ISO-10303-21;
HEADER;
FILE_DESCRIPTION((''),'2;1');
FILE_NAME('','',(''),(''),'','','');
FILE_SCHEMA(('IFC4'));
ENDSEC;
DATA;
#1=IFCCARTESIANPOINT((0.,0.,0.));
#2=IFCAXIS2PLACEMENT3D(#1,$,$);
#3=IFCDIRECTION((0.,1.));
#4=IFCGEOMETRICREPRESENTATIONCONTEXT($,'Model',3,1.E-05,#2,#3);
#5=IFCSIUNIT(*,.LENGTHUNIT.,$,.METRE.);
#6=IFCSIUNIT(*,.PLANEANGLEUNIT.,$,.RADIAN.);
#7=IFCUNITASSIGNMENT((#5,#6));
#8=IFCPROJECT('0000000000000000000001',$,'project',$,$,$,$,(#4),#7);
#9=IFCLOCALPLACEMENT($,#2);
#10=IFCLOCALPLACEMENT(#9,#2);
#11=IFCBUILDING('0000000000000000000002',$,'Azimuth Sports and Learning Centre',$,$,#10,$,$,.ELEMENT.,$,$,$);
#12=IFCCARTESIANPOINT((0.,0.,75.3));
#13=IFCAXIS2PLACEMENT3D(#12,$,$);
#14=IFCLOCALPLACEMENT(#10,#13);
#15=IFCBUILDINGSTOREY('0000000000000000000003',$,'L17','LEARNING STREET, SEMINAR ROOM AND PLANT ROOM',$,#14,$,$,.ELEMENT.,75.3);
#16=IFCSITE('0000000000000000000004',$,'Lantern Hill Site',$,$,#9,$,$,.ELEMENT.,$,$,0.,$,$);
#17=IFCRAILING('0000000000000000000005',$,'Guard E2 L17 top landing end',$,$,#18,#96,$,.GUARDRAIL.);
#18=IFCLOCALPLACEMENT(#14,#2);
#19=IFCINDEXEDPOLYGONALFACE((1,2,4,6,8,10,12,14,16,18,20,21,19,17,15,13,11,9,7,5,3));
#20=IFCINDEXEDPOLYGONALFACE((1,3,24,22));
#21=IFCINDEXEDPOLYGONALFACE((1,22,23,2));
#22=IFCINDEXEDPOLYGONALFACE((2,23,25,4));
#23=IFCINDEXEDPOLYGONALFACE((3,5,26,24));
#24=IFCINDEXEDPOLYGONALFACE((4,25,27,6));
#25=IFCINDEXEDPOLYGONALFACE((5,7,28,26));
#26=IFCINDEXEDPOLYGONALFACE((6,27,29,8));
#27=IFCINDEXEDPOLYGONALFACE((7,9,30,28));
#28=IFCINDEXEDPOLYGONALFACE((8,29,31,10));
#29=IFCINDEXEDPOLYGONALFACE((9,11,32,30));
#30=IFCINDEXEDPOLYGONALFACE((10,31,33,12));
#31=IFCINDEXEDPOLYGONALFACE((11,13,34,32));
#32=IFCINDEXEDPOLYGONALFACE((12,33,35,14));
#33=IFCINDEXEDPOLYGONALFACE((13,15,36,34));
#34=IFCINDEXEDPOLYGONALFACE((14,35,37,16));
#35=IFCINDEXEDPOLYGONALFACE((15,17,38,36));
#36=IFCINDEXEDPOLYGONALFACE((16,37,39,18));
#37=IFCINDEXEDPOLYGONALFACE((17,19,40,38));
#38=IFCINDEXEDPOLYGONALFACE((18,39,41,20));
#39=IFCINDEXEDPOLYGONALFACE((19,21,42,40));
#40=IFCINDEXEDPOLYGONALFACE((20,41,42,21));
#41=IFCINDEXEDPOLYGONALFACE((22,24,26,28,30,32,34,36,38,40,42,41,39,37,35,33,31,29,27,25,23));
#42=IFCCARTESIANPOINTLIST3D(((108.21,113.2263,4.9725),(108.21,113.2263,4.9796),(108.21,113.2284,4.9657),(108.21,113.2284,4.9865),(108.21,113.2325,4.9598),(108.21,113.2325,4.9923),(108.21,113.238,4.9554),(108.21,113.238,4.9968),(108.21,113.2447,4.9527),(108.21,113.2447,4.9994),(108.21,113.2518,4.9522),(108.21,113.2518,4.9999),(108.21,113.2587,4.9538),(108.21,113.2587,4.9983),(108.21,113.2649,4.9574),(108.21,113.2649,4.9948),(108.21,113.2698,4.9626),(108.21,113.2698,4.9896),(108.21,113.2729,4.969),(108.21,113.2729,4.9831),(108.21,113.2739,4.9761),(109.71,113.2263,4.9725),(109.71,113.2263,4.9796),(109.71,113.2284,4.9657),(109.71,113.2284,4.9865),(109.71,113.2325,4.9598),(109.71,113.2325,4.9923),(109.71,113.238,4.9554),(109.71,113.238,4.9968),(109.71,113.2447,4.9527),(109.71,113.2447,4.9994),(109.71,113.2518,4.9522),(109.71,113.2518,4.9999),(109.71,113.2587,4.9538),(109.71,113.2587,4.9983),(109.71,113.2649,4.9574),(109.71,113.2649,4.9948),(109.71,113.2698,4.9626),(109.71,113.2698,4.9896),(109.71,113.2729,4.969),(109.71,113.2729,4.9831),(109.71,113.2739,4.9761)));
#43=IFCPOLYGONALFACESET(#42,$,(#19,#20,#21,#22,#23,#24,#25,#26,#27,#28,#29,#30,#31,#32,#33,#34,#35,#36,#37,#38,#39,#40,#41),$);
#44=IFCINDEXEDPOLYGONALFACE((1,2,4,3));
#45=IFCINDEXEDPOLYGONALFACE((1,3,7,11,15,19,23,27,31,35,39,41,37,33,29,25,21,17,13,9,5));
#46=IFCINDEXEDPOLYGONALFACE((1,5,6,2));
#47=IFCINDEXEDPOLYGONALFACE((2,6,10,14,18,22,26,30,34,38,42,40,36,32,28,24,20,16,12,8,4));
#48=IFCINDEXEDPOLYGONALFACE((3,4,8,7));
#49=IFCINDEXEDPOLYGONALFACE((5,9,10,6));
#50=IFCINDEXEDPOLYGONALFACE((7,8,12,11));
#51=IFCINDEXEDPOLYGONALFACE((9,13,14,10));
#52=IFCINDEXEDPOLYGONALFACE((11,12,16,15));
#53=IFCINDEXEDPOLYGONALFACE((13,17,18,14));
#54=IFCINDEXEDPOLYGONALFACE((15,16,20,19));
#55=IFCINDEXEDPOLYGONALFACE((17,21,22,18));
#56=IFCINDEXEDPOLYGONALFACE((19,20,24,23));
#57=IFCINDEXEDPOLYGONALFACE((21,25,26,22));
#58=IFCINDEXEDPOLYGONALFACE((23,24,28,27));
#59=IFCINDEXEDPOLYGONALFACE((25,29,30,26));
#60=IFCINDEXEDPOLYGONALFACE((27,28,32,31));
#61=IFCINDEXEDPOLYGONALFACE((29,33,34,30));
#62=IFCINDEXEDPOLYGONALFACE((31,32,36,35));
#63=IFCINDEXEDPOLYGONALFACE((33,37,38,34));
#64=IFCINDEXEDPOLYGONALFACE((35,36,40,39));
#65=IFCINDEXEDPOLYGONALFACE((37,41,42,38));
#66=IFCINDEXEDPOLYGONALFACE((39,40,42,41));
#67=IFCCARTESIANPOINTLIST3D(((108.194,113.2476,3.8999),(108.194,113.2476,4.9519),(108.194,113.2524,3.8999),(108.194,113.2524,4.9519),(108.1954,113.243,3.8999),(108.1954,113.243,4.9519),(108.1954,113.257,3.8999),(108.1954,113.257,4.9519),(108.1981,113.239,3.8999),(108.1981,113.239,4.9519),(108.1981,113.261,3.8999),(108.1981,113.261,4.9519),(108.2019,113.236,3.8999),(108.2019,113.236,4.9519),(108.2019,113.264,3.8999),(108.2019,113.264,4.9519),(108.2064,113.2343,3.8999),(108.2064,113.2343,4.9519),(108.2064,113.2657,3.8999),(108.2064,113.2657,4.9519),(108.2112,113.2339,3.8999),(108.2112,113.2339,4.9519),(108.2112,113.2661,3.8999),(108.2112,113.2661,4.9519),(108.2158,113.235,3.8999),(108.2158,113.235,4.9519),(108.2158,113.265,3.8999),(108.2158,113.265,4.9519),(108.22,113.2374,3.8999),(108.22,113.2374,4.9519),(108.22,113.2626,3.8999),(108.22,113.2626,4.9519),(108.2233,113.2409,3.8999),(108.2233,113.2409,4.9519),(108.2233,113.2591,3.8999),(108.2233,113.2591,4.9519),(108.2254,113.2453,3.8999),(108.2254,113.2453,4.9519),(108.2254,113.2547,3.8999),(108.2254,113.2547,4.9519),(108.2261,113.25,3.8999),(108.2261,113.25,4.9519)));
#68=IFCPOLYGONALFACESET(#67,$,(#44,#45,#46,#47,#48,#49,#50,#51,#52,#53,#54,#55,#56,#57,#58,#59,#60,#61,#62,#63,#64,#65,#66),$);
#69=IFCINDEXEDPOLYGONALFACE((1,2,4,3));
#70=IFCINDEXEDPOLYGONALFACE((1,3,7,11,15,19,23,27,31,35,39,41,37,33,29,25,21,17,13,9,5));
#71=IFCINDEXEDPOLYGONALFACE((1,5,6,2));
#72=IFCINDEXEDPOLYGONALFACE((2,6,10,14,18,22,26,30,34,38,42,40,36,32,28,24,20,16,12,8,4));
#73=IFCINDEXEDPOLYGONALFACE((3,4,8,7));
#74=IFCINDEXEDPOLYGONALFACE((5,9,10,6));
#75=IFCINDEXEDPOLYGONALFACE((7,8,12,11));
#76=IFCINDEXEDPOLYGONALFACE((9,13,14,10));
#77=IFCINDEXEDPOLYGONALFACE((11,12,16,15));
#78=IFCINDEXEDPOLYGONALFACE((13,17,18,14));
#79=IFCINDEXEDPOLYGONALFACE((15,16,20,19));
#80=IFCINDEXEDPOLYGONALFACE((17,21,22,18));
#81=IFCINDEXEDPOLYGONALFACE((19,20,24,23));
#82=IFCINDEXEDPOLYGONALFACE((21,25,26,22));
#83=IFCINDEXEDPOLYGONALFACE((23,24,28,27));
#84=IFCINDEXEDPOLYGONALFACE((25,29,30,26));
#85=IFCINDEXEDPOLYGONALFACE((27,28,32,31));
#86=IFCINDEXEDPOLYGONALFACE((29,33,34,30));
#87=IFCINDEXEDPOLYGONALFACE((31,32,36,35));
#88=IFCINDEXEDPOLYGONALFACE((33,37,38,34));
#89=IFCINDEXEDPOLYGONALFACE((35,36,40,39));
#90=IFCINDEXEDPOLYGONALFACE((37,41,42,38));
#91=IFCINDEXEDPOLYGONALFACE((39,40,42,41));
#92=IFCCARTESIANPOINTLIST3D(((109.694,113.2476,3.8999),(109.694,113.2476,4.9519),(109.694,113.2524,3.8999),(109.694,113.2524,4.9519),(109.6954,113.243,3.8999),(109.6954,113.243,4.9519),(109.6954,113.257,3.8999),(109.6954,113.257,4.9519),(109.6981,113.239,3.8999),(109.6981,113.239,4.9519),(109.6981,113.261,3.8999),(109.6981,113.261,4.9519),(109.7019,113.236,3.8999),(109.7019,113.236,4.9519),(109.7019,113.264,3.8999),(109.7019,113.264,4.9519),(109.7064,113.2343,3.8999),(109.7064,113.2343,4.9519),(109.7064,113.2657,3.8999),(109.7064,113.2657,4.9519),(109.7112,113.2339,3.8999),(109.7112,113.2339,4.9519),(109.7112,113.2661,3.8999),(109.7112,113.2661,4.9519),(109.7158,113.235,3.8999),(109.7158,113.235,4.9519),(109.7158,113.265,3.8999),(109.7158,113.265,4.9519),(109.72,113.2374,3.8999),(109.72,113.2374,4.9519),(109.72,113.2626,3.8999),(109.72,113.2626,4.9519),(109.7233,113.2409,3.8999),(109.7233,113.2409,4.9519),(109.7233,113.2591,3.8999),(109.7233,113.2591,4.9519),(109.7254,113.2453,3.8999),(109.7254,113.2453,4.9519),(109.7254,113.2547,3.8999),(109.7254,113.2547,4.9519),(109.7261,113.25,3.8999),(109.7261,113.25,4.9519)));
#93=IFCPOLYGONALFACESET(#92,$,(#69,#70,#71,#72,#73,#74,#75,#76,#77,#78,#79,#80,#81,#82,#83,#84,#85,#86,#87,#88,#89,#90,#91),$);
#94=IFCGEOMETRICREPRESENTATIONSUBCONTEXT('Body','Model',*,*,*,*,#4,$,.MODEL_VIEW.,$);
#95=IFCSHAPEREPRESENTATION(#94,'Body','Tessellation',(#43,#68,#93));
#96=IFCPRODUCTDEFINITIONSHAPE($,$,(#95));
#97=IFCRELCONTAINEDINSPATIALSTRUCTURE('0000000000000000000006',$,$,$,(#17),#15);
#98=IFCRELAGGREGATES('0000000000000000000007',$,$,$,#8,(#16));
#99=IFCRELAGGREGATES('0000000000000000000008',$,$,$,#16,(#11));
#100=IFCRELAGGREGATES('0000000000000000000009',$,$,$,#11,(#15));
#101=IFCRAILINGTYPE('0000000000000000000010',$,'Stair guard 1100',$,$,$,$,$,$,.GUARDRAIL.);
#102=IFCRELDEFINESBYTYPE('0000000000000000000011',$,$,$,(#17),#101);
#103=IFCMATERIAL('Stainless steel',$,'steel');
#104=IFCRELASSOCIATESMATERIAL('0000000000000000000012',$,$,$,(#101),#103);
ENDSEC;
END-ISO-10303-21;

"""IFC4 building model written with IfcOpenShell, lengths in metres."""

from ifc_helpers import new_model, si_unit, direction, frame, origin, origin_2d, place, context, subcontext, project, spatial, circle, extrude, material, type_object, element, save


model = new_model("IFC4")

# Units and contexts
model_context = context("Model", 3, precision=1e-05, world=origin(), true_north=direction((0.0, 1.0)))
body_context = subcontext(model_context, "Body", "Model", "MODEL_VIEW")
ifc_project = project(units=[si_unit("LENGTHUNIT", "METRE"), si_unit("PLANEANGLEUNIT", "RADIAN")], contexts=[model_context])

# Site, building, storey
site_placement = place(None, origin())
site = spatial("IfcSite", under=ifc_project, at=site_placement, Name="Lantern Hill Site", CompositionType="ELEMENT", RefElevation=0.0)
building_placement = place(site_placement, origin())
building = spatial("IfcBuilding", under=site, at=building_placement, Name="Azimuth Sports and Learning Centre", CompositionType="ELEMENT")
storey_placement = place(building_placement, frame((0.0, 0.0, 75.3)))
storey = spatial("IfcBuildingStorey", under=building, at=storey_placement, Name="L17", Description="LEARNING STREET, SEMINAR ROOM AND PLANT ROOM", CompositionType="ELEMENT", Elevation=75.3)

# Railing
ifc_material_1 = material(Name="Stainless steel", Category="steel")
railing_type_1 = type_object("IfcRailingType", Name="Stair guard 1100", PredefinedType="GUARDRAIL", material=ifc_material_1)
railing_1_placement = place(storey_placement, frame((108.21, 113.25, 3.8999)))
element("IfcRailing", 1, at=railing_1_placement, inside=storey, type_object=railing_type_1, Name="Guard E2 L17 top landing end", PredefinedType="GUARDRAIL", context=body_context, shape_type="SweptSolid", body=[
    extrude(circle(Radius=0.0239, at=origin_2d()), frame((0.0, 0.0, 1.0762), z_axis=(1.0, 0.0, 0.0), x_axis=(0.0, 1.0, 0.0)), (0.0, 0.0, 1.0), 1.5),
    extrude(circle(Radius=0.0161, at=origin_2d()), origin(), (0.0, 0.0, 1.0), 1.052),
    extrude(circle(Radius=0.0161, at=origin_2d()), frame((1.5, 0.0, 0.0)), (0.0, 0.0, 1.0), 1.052),
])

save(model, "model.ifc")
